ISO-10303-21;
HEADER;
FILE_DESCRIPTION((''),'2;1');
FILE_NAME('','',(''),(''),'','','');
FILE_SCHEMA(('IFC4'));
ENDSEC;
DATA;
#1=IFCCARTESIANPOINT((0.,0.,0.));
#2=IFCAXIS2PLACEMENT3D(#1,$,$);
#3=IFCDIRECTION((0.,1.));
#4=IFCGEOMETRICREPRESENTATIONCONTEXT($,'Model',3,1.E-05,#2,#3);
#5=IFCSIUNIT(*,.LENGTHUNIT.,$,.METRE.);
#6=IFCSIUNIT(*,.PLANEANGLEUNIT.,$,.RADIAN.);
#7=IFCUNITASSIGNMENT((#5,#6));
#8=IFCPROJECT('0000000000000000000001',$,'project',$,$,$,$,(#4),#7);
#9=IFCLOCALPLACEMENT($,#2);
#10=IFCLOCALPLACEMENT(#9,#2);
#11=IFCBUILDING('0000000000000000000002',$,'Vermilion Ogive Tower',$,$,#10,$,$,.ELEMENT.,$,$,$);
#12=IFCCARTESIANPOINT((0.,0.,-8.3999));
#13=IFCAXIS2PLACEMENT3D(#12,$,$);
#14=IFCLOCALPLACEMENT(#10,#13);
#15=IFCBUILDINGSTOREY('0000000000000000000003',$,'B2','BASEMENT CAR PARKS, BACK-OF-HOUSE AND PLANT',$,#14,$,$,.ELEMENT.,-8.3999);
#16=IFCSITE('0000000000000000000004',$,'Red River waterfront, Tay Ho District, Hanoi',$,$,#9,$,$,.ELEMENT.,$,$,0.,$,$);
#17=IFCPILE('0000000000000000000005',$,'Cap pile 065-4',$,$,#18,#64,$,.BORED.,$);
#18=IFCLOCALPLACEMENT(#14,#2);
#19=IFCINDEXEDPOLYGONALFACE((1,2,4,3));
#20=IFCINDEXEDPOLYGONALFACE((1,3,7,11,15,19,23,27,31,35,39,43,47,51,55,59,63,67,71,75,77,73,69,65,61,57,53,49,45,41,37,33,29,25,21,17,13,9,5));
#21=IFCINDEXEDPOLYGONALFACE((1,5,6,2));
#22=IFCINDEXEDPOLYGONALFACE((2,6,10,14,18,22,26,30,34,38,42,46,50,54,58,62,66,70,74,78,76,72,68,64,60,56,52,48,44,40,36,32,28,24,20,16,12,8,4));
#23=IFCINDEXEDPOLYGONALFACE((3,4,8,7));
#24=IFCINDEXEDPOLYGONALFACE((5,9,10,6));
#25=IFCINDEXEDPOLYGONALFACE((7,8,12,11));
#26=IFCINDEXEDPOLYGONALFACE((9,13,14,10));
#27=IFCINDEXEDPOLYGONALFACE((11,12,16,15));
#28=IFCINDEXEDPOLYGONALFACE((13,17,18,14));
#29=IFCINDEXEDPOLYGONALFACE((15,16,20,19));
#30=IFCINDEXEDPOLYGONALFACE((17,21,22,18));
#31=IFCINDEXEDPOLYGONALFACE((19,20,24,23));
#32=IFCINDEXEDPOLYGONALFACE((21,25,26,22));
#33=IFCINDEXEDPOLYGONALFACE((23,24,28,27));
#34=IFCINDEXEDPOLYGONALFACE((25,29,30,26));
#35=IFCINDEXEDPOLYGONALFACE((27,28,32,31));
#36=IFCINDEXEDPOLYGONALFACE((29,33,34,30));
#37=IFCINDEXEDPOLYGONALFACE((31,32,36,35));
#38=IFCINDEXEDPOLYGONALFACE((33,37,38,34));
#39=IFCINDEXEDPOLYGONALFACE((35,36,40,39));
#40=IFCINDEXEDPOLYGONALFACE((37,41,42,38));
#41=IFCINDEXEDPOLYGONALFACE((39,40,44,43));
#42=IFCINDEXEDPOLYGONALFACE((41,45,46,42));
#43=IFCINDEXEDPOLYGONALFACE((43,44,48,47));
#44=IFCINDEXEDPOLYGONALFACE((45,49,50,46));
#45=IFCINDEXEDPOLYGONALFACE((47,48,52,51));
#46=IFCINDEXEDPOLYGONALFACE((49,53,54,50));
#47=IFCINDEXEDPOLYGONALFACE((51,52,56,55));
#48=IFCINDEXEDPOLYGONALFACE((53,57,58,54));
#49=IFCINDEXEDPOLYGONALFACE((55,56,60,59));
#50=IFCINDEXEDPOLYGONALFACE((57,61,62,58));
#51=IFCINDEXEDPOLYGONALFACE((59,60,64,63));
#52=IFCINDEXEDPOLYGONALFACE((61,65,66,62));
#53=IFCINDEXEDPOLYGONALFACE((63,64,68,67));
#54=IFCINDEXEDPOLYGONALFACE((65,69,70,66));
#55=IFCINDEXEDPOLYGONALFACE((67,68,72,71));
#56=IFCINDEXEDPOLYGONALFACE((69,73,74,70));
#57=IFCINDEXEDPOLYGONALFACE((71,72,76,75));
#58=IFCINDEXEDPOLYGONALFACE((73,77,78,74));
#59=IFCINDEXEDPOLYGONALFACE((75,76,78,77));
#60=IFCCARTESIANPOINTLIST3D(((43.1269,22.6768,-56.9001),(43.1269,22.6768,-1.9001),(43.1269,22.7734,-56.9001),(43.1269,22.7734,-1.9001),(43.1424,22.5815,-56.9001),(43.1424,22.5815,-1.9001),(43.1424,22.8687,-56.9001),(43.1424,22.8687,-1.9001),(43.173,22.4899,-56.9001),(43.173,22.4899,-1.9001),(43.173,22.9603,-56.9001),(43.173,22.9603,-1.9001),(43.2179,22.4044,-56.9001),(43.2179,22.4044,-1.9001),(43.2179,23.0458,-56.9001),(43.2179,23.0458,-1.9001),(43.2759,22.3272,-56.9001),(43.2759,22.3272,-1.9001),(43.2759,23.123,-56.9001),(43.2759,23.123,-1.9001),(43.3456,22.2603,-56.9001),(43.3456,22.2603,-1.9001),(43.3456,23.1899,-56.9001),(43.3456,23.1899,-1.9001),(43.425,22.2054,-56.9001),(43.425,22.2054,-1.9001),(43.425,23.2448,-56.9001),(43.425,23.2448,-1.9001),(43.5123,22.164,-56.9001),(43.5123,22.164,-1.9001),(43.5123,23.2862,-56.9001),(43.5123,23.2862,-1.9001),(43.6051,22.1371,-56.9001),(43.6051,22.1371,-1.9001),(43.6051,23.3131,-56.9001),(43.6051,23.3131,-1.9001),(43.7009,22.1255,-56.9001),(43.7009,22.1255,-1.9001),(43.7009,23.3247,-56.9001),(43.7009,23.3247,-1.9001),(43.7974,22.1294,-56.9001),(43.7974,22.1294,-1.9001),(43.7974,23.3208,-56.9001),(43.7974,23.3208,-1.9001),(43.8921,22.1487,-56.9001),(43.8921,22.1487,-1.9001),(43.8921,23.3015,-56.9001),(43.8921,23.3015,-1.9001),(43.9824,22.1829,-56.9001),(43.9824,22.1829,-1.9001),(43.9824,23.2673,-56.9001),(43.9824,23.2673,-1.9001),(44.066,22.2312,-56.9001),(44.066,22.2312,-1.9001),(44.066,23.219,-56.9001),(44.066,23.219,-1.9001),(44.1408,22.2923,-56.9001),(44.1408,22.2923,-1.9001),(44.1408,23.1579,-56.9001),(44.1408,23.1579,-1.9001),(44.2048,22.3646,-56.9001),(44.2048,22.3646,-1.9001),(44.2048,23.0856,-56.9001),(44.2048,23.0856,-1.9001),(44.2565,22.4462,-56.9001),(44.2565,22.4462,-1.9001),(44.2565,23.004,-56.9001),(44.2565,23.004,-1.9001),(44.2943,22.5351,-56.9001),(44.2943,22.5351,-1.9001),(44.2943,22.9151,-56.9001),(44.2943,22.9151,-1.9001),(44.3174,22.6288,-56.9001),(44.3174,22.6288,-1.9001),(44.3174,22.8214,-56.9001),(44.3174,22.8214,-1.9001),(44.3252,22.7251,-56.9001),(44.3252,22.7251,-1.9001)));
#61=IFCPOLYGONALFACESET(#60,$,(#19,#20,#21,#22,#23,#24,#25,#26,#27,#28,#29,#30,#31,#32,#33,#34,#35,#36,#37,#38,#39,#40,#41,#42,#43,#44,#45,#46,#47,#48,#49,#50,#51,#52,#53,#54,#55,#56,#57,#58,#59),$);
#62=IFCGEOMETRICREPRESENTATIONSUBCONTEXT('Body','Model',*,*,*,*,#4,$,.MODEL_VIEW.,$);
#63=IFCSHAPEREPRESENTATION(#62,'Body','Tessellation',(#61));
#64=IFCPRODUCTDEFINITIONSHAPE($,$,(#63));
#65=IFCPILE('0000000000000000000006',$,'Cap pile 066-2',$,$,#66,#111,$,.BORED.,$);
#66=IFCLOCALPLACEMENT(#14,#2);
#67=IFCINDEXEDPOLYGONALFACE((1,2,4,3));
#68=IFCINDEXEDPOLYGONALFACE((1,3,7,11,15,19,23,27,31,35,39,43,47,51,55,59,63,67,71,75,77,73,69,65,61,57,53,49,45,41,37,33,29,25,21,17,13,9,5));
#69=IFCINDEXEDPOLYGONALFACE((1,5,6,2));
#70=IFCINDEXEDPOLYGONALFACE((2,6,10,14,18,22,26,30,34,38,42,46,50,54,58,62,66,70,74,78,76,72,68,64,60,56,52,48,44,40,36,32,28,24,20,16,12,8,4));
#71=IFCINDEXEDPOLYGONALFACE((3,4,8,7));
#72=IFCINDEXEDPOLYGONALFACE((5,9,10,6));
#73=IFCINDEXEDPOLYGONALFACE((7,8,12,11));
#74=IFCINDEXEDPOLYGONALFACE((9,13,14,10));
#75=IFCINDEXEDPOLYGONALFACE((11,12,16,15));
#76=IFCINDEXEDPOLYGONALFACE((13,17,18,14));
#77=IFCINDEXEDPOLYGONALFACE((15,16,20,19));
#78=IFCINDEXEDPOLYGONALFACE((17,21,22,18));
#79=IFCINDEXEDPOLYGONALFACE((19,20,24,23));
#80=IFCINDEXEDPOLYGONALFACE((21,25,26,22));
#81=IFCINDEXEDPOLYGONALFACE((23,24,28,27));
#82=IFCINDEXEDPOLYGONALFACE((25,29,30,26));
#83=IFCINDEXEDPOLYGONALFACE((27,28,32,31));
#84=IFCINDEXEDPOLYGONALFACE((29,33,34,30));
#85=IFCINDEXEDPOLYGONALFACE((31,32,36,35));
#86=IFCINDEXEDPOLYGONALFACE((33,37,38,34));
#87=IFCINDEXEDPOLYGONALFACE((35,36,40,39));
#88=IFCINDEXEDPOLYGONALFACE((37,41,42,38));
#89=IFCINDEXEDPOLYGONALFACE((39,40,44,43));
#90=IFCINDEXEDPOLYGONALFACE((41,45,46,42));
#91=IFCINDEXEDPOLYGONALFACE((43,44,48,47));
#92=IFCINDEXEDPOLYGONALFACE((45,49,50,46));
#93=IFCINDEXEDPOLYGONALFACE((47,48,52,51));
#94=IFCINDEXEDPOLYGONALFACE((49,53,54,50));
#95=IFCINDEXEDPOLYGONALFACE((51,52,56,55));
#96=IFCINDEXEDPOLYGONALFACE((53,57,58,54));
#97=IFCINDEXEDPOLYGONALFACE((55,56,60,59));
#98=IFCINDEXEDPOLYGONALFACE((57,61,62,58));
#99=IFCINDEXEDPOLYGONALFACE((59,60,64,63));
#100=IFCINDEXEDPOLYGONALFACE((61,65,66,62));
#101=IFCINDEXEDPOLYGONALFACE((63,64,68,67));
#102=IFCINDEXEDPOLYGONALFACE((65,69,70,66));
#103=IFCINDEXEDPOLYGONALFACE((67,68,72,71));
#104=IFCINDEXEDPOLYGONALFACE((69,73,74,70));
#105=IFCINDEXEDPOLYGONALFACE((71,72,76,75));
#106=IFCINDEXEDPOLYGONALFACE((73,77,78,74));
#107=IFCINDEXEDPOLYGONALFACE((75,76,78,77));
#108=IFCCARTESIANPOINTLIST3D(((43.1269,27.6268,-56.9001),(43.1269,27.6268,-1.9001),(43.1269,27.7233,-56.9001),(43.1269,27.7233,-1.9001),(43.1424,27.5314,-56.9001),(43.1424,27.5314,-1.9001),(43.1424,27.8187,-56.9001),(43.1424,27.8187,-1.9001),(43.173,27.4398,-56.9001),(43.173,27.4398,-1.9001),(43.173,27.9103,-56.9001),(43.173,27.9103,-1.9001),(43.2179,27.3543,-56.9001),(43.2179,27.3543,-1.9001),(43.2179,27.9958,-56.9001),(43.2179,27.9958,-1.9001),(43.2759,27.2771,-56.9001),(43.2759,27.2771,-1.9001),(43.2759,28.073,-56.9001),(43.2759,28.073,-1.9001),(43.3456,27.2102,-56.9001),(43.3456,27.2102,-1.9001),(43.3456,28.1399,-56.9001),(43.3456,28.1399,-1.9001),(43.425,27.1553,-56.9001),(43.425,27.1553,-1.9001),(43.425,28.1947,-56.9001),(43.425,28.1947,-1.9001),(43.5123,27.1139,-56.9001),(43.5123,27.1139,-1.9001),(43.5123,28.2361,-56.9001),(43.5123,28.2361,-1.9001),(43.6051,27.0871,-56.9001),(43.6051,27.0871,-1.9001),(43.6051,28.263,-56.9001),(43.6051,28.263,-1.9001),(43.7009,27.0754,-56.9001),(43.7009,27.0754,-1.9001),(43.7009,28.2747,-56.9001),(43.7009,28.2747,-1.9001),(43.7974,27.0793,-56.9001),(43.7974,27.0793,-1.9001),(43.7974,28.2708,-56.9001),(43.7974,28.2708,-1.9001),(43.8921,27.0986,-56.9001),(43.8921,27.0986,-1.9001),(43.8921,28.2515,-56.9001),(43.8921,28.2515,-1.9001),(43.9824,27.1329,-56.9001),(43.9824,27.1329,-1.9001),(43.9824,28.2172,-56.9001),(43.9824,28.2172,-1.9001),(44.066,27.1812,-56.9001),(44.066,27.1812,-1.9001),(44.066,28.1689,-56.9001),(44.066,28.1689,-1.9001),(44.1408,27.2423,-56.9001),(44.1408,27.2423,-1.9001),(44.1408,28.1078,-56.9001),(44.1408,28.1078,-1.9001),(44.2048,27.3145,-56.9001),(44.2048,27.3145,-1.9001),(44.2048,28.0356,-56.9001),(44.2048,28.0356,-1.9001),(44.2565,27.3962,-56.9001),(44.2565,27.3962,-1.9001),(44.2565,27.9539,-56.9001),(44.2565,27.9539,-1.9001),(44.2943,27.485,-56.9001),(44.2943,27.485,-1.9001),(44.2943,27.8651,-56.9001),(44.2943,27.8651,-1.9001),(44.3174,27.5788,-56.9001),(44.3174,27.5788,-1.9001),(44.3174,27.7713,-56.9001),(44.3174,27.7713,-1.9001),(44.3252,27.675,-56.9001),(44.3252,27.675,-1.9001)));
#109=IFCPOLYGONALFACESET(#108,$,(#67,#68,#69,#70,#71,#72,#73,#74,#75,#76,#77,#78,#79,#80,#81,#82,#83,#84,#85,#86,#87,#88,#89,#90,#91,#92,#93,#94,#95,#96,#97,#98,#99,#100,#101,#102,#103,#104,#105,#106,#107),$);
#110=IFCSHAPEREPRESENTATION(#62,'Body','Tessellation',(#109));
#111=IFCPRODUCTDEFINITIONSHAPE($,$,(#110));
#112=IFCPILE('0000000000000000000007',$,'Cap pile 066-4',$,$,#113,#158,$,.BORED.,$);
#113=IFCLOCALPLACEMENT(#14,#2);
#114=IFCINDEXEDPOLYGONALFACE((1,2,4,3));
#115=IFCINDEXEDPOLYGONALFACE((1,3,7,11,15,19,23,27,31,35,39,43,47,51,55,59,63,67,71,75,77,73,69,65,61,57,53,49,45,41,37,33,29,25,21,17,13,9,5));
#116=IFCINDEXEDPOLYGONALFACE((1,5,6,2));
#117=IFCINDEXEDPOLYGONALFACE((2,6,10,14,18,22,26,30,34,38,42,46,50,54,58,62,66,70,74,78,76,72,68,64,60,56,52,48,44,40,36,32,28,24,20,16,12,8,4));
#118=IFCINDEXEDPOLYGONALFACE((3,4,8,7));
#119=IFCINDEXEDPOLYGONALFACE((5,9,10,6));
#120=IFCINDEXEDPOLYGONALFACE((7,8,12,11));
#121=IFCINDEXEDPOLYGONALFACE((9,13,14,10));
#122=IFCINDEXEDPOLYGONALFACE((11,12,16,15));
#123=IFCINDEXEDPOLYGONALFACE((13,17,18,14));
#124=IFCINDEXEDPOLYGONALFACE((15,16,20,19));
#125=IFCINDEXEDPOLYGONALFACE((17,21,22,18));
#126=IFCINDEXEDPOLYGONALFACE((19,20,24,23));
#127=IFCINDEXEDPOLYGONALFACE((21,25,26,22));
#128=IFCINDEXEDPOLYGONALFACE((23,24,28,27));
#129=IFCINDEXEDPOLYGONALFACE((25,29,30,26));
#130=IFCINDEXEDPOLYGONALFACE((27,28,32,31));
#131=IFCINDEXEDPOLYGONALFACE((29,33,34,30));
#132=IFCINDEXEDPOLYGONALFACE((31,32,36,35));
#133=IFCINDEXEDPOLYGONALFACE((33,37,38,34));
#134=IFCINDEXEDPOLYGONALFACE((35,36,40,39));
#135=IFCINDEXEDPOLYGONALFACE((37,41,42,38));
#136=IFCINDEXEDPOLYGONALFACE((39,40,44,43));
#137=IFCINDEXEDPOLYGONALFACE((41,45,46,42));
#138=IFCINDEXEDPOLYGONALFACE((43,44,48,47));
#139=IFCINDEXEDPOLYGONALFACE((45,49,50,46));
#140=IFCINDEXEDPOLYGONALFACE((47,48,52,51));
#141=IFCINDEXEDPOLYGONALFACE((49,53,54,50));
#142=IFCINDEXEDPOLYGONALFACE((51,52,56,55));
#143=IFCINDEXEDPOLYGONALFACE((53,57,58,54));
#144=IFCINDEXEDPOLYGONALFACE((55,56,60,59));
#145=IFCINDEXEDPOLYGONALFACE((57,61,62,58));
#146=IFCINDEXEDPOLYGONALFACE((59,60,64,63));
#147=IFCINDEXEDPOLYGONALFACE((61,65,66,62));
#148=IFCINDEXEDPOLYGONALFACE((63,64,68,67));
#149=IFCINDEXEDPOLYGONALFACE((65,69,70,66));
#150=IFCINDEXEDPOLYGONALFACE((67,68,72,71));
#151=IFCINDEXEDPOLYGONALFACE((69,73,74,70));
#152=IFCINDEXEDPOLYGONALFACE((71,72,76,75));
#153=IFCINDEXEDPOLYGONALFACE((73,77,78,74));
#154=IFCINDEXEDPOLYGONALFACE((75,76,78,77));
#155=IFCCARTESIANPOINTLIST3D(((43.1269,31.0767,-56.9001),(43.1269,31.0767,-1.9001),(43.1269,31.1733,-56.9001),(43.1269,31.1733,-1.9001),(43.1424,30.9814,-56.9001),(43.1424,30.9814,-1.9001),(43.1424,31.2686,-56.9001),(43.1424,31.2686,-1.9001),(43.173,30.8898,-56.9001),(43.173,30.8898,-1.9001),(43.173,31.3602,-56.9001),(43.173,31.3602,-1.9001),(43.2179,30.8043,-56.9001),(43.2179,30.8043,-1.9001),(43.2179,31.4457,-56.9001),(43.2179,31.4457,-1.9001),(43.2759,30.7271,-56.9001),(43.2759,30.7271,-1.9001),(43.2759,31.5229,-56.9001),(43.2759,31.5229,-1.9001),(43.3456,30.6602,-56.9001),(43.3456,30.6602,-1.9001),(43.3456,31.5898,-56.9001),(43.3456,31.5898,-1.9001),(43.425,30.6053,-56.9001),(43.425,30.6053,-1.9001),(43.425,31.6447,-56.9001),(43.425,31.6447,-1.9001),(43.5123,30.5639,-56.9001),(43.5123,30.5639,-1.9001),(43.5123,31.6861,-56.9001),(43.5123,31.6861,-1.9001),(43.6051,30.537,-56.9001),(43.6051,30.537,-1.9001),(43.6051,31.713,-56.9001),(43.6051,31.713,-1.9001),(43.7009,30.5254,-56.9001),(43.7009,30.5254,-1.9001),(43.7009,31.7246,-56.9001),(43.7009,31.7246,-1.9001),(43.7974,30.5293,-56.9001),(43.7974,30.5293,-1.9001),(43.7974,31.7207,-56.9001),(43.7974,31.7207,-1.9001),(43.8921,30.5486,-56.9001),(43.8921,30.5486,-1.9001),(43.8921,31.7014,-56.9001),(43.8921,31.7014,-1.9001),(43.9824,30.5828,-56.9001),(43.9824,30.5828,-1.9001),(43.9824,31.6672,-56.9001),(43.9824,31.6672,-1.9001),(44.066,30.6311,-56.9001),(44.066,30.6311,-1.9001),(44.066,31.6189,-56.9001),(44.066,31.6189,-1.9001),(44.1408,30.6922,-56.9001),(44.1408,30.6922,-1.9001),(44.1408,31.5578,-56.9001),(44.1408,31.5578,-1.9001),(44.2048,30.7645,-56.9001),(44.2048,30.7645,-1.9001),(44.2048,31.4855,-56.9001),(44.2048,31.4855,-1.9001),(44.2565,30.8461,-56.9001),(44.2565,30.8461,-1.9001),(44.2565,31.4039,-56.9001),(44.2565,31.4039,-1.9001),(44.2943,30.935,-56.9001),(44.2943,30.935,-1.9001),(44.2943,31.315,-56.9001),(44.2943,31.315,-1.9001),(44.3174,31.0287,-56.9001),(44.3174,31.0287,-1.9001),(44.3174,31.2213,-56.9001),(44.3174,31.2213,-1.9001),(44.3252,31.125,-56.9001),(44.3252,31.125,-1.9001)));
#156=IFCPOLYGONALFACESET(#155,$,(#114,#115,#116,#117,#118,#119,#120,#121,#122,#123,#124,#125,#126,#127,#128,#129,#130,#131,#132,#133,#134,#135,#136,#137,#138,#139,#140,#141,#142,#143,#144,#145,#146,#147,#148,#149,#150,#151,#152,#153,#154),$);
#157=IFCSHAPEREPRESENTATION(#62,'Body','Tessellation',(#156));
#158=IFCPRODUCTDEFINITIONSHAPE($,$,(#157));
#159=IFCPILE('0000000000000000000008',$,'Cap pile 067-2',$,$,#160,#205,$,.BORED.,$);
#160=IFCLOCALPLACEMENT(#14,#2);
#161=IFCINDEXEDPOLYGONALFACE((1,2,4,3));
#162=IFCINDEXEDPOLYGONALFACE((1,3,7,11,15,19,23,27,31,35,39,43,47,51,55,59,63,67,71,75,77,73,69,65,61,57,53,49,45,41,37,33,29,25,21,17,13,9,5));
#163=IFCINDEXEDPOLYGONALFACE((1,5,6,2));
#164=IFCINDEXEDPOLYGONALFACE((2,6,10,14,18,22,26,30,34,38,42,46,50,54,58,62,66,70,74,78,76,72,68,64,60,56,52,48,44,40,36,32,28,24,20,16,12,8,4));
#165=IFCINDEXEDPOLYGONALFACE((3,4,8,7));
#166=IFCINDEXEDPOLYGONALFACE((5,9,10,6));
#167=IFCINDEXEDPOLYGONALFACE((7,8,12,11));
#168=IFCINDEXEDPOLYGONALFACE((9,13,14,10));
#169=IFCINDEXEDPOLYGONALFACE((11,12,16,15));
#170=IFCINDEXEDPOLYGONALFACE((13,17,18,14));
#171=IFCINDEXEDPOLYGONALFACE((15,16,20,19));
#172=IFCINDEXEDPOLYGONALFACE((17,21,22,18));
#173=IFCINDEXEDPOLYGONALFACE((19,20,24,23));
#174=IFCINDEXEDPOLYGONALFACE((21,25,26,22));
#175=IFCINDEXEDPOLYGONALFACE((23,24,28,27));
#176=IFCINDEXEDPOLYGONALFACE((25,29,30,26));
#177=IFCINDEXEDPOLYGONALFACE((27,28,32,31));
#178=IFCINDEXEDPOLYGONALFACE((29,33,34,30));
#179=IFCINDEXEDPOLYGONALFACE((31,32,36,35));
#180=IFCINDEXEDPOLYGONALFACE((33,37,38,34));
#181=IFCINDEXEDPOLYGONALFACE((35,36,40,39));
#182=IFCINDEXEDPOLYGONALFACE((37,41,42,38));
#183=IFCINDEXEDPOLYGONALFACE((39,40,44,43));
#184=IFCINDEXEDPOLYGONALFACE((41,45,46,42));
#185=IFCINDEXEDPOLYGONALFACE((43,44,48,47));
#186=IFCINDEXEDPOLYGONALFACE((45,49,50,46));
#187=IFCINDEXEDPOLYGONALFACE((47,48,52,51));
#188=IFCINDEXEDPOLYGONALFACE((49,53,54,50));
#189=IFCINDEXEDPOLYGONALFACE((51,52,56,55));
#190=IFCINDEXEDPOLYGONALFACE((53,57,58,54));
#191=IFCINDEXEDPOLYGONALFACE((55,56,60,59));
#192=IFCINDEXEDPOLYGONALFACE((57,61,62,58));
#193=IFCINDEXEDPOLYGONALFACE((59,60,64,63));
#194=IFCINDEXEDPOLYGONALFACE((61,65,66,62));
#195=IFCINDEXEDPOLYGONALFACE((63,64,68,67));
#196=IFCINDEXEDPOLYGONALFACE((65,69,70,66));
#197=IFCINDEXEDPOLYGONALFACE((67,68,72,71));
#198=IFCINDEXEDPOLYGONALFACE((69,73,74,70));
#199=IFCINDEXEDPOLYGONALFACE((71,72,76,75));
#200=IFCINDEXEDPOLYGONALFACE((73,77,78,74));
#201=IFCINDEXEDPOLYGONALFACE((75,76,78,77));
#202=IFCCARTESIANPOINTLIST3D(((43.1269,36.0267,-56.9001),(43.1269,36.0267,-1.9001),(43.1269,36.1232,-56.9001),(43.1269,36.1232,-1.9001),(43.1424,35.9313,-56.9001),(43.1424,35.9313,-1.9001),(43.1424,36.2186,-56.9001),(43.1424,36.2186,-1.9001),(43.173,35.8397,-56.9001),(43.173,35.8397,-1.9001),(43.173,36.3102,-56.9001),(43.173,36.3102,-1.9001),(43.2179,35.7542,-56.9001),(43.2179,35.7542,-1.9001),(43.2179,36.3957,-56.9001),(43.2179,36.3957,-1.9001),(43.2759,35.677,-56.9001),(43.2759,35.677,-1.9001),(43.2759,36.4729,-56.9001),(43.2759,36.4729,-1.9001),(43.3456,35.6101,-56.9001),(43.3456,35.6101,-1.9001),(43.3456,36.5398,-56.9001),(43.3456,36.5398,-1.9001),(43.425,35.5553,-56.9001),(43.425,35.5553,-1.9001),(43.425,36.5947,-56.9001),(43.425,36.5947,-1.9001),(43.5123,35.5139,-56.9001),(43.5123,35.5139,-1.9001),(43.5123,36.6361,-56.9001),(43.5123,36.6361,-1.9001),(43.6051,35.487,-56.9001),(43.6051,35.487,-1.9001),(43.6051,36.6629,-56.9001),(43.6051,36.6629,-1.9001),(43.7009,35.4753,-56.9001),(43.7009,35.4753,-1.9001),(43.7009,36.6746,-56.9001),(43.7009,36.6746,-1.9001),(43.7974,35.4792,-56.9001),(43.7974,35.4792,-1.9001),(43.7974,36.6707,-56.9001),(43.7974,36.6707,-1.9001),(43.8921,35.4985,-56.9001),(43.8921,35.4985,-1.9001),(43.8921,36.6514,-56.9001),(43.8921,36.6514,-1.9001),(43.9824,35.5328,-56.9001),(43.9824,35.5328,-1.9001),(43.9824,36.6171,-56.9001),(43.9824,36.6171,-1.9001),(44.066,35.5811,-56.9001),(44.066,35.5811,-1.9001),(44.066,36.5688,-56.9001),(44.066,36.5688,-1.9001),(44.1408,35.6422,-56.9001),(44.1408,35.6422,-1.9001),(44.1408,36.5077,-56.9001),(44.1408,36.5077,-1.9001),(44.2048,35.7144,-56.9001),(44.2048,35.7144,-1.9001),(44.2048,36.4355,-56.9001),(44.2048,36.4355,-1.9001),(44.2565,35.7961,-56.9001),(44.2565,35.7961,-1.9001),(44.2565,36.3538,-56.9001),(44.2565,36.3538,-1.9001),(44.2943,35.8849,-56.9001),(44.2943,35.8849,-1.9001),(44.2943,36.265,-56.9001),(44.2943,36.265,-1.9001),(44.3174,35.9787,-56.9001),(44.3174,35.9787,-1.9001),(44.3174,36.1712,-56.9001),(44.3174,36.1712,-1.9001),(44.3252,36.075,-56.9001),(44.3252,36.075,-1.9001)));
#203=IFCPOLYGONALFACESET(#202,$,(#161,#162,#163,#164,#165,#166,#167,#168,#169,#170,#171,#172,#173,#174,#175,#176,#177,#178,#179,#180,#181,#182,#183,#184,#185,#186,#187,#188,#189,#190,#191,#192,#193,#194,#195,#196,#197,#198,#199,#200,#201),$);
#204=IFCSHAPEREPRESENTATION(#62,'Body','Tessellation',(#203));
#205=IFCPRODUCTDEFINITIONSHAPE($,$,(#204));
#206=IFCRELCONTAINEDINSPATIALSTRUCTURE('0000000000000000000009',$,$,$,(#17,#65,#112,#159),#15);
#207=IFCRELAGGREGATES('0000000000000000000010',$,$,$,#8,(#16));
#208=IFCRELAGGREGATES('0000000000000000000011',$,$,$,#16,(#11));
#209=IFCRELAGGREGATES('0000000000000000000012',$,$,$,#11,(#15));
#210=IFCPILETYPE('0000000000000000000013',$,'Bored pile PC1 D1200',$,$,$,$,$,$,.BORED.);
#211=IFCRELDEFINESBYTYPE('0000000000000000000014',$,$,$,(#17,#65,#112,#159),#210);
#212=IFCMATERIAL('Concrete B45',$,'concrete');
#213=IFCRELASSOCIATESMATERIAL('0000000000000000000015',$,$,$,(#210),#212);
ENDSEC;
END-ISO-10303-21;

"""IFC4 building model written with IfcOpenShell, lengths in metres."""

from ifc_helpers import new_model, si_unit, direction, frame, origin, origin_2d, place, context, subcontext, project, spatial, circle, extrude, material, type_object, element, save


model = new_model("IFC4")

# Units and contexts
model_context = context("Model", 3, precision=1e-05, world=origin(), true_north=direction((0.0, 1.0)))
body_context = subcontext(model_context, "Body", "Model", "MODEL_VIEW")
ifc_project = project(units=[si_unit("LENGTHUNIT", "METRE"), si_unit("PLANEANGLEUNIT", "RADIAN")], contexts=[model_context])

# Site, building, storey
site_placement = place(None, origin())
site = spatial("IfcSite", under=ifc_project, at=site_placement, Name="Red River waterfront, Tay Ho District, Hanoi", CompositionType="ELEMENT", RefElevation=0.0)
building_placement = place(site_placement, origin())
building = spatial("IfcBuilding", under=site, at=building_placement, Name="Vermilion Ogive Tower", CompositionType="ELEMENT")
storey_placement = place(building_placement, frame((0.0, 0.0, -8.3999)))
storey = spatial("IfcBuildingStorey", under=building, at=storey_placement, Name="B2", Description="BASEMENT CAR PARKS, BACK-OF-HOUSE AND PLANT", CompositionType="ELEMENT", Elevation=-8.3999)

# Piles
ifc_material_1 = material(Name="Concrete B45", Category="concrete")
pile_type = type_object("IfcPileType", Name="Bored pile PC1 D1200", PredefinedType="BORED", material=ifc_material_1)
for number, where, z_axis, x_axis, name in (
    (1, (43.7251, 22.7251, -1.9001), (0.0, 0.0, -1.0), (1.0, 0.0, 0.0), "Cap pile 065-4"),
    (2, (43.7251, 27.675, -1.9001), (0.0, 0.0, -1.0), (1.0, 0.0, 0.0), "Cap pile 066-2"),
    (3, (43.7251, 31.125, -1.9001), (0.0, 0.0, -1.0), (1.0, 0.0, 0.0), "Cap pile 066-4"),
    (4, (43.7251, 36.075, -1.9001), (0.0, 0.0, -1.0), (1.0, 0.0, 0.0), "Cap pile 067-2"),
):
    element("IfcPile", number, at=place(storey_placement, frame(where, z_axis=z_axis, x_axis=x_axis)), inside=storey, type_object=pile_type, Name=name, PredefinedType="BORED", context=body_context, shape_type="SweptSolid", body=[
        extrude(circle(Radius=0.6001, at=origin_2d()), origin(), (0.0, 0.0, 1.0), 55.0),
    ])

save(model, "model.ifc")
